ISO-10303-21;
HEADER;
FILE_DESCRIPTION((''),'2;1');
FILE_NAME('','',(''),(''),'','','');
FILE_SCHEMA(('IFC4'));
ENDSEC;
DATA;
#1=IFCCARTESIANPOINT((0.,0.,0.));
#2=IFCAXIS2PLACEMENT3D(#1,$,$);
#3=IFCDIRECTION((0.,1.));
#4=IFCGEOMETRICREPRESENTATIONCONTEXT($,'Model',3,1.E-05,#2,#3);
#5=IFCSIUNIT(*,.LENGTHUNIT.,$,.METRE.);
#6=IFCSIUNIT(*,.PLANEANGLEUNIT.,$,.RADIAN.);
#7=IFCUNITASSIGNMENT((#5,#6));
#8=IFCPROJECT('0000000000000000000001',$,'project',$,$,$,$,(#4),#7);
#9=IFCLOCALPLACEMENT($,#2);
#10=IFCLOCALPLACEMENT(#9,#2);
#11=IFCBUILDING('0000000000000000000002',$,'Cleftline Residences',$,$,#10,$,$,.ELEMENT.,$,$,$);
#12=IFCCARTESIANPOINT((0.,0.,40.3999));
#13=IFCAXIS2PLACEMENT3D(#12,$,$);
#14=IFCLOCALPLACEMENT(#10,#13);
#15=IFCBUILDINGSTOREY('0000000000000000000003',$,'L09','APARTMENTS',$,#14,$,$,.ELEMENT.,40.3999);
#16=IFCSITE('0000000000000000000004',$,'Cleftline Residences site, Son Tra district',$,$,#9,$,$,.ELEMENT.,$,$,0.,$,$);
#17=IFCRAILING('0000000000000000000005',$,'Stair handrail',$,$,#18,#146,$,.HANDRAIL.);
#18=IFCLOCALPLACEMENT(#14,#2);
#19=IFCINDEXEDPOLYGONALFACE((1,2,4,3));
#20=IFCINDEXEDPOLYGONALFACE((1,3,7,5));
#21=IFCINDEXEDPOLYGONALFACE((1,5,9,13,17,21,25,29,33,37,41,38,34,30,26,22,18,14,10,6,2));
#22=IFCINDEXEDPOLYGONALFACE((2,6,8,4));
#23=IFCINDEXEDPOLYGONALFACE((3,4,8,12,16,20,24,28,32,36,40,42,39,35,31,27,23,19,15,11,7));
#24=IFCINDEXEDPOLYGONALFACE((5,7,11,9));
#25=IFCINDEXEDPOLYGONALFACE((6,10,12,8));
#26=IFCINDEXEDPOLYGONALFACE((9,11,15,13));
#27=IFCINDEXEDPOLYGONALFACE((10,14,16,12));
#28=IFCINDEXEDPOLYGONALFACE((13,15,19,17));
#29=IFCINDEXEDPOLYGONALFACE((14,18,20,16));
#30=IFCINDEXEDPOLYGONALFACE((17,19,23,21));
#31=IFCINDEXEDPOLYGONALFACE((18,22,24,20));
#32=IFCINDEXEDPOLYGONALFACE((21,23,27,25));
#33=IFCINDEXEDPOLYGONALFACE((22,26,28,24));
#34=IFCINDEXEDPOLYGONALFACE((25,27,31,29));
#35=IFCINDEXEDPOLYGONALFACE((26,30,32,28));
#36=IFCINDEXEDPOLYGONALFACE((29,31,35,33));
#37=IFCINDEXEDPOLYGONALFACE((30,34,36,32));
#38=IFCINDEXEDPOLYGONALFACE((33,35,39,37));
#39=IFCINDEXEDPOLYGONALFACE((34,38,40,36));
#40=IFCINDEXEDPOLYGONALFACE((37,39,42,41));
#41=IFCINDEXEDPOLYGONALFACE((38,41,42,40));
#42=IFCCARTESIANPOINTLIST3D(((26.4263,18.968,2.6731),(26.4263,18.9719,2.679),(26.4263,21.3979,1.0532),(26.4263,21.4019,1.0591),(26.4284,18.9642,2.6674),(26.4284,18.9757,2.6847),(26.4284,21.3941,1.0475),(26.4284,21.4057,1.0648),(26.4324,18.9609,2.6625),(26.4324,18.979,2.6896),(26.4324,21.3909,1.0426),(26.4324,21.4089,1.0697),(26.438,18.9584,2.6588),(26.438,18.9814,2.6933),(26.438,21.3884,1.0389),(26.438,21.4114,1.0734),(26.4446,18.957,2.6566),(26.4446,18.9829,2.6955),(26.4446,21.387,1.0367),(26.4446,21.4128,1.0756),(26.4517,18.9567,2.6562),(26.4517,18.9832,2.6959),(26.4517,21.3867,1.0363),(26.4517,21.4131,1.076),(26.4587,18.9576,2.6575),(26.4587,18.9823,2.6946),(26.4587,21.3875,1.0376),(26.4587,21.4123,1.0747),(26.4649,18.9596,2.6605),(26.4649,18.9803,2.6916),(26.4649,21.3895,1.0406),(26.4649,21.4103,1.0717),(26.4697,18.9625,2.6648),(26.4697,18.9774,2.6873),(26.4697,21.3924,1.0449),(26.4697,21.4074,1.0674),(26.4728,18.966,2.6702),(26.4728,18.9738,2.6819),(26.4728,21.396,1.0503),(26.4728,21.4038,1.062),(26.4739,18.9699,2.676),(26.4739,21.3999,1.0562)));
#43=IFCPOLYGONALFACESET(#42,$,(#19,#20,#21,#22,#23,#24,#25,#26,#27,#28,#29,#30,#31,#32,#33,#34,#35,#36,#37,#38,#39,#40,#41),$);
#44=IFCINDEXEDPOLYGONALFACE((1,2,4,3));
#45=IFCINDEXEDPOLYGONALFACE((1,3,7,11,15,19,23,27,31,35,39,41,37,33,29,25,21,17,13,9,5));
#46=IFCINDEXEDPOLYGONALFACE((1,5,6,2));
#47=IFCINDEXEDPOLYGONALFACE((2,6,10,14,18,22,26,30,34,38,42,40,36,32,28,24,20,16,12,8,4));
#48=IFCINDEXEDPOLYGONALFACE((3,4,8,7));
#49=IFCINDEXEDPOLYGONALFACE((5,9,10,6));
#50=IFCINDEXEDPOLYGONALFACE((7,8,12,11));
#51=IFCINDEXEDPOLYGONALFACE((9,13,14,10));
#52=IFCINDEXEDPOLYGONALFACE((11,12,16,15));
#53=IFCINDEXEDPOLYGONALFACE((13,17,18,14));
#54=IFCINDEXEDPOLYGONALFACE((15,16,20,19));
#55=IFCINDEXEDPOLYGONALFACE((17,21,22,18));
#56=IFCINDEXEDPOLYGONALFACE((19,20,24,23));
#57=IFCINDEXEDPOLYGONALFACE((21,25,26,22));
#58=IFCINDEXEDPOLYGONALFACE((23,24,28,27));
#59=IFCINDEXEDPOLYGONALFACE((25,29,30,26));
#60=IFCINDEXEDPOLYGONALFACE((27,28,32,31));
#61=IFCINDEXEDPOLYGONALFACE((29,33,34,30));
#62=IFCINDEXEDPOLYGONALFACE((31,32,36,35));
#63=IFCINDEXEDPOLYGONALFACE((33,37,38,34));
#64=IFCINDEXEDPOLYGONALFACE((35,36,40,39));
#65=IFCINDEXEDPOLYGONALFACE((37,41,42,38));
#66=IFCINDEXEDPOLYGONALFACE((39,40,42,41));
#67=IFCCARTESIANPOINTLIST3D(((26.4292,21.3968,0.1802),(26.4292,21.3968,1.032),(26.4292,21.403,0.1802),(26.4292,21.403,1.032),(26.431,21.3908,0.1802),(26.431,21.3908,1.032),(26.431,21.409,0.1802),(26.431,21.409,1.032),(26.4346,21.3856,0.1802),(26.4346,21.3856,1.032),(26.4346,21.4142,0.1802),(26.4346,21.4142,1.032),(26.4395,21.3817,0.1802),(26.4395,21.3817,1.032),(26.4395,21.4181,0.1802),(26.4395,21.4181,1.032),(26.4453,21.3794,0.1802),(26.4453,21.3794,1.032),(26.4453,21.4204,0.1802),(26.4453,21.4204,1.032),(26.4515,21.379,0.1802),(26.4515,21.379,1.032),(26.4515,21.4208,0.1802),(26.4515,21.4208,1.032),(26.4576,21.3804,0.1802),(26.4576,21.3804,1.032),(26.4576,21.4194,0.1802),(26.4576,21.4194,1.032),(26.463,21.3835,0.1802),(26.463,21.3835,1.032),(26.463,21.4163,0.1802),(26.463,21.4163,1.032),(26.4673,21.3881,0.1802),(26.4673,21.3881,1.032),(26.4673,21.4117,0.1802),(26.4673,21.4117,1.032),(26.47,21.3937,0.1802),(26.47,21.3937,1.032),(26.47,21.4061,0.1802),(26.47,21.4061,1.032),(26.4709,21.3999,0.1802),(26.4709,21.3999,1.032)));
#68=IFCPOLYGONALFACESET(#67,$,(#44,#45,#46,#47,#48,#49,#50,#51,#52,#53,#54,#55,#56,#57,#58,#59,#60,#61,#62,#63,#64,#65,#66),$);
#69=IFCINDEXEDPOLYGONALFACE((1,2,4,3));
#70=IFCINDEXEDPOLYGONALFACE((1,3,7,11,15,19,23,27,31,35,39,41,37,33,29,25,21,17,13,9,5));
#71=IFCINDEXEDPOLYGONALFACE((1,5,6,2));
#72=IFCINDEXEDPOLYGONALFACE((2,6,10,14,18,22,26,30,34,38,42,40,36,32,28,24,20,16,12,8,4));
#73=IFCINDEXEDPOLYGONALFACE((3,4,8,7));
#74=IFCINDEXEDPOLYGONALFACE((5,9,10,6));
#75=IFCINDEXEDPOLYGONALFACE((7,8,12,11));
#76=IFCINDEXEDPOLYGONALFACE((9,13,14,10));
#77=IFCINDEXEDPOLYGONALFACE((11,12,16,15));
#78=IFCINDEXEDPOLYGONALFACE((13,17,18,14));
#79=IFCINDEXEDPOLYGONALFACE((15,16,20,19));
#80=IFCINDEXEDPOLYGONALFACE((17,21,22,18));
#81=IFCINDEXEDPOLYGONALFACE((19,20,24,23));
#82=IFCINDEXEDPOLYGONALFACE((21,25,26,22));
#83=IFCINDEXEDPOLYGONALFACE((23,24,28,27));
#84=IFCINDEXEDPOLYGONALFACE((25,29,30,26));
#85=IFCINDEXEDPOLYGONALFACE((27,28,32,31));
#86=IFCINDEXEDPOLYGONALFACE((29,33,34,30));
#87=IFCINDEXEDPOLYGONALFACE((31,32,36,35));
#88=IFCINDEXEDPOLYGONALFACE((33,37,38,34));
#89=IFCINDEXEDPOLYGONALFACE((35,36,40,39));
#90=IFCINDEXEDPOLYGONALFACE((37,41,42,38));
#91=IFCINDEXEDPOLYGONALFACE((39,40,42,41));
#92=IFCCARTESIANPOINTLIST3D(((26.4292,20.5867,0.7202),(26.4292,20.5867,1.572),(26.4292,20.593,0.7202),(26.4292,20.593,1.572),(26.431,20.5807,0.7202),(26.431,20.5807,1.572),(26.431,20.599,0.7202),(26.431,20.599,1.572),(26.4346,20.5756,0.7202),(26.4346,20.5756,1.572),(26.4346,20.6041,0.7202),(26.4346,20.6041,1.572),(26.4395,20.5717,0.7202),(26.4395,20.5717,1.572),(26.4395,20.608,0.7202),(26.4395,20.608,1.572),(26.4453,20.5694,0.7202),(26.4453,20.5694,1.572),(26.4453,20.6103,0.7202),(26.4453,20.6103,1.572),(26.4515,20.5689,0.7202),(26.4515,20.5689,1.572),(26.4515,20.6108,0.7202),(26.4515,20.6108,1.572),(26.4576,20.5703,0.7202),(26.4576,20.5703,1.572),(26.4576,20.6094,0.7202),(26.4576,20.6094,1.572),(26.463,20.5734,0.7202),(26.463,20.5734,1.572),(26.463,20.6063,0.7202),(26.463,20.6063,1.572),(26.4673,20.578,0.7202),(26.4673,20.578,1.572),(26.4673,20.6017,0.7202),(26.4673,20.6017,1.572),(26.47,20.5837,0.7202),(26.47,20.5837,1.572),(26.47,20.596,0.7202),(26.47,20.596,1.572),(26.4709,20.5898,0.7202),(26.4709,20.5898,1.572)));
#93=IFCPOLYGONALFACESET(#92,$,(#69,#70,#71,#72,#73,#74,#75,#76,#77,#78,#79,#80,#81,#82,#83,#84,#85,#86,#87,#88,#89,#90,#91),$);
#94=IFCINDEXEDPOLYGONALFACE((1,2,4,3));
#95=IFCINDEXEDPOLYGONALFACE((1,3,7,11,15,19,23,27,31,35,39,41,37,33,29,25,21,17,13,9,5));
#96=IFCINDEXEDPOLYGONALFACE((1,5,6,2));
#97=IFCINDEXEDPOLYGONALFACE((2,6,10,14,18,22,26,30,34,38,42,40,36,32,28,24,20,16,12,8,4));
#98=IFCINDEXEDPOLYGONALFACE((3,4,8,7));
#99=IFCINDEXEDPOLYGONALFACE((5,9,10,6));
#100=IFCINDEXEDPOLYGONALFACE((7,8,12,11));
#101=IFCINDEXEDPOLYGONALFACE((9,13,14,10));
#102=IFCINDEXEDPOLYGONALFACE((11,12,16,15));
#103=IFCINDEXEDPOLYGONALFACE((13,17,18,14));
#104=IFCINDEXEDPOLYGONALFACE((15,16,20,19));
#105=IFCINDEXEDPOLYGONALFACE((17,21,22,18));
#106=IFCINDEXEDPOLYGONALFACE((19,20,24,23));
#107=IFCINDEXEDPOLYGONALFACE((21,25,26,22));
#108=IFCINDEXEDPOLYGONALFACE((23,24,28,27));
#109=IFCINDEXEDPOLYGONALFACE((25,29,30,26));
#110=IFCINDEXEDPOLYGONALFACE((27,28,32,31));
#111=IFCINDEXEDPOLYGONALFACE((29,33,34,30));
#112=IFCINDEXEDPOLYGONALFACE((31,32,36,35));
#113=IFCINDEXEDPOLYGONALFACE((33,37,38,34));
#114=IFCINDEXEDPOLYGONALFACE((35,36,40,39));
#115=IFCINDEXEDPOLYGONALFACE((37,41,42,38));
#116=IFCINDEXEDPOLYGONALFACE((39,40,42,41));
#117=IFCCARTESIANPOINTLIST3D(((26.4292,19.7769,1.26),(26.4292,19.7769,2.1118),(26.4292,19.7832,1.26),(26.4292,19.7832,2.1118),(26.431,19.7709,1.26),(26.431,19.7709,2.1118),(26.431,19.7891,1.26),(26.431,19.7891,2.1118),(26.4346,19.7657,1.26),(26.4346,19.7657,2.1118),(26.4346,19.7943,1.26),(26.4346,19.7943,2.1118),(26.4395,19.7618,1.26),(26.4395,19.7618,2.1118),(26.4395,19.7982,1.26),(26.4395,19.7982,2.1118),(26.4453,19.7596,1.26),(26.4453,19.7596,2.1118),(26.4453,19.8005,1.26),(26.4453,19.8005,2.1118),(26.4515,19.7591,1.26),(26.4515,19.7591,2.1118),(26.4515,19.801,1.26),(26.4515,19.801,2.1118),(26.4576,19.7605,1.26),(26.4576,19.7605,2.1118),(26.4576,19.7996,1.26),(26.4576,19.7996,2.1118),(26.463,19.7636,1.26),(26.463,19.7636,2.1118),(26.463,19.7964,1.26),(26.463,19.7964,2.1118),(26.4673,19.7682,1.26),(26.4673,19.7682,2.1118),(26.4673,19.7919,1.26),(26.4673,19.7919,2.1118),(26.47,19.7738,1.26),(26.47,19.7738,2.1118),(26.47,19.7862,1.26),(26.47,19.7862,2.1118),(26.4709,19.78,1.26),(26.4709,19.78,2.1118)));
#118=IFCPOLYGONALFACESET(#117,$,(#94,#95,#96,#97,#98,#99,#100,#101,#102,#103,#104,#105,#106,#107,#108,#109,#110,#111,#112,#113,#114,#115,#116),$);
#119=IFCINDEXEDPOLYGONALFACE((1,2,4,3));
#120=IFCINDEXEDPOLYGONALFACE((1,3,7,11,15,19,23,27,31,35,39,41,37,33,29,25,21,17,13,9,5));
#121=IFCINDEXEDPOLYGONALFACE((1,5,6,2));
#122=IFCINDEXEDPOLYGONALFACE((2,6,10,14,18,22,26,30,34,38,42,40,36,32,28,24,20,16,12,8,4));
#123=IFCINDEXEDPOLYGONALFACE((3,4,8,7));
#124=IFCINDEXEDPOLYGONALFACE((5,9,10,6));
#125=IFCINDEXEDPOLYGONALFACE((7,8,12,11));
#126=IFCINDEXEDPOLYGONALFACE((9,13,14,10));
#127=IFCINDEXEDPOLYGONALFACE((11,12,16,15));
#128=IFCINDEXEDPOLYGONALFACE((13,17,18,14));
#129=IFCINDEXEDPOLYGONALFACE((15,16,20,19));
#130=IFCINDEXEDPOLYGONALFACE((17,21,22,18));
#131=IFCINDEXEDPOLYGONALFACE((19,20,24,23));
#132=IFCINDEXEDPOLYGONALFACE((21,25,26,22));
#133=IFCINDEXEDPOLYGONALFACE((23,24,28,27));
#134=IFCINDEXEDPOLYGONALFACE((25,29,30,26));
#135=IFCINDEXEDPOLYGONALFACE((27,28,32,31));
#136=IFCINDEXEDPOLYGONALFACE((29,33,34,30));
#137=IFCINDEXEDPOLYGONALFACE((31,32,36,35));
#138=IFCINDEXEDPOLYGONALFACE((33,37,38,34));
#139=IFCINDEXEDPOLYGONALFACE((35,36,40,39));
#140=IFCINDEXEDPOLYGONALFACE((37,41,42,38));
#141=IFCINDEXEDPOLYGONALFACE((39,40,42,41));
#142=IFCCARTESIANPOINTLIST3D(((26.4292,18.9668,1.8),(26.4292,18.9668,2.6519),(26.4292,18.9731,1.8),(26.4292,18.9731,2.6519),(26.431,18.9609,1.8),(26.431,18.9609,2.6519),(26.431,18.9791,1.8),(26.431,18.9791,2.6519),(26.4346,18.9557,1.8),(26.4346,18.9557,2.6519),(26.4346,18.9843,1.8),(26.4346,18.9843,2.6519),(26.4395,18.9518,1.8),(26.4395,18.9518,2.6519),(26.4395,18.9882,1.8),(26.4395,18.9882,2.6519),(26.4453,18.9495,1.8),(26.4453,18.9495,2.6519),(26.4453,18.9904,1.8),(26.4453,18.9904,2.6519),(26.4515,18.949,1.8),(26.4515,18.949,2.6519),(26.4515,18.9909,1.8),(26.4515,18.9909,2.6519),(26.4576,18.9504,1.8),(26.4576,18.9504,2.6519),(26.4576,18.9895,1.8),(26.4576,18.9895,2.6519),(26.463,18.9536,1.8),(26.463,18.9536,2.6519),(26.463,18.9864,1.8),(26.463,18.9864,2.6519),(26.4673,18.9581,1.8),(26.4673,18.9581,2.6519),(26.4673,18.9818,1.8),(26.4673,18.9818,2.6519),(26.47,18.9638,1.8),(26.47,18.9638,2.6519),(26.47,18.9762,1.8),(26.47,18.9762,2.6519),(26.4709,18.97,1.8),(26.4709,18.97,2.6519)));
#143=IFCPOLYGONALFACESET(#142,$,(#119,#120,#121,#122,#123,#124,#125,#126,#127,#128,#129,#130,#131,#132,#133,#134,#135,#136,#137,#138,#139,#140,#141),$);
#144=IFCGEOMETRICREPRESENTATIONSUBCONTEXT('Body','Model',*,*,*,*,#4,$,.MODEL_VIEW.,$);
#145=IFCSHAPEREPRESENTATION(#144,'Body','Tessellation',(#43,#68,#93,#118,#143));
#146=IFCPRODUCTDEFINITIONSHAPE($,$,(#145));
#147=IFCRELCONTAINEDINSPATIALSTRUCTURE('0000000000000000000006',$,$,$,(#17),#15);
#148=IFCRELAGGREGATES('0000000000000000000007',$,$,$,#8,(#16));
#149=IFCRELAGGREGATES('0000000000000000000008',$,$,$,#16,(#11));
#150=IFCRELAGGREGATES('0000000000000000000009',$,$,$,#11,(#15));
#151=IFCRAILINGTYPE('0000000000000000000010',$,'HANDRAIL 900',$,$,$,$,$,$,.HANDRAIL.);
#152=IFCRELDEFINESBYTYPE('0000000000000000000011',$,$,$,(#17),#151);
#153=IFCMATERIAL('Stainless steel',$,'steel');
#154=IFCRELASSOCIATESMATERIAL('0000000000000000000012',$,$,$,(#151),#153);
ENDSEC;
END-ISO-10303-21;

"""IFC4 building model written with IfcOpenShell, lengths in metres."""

from ifc_helpers import new_model, si_unit, direction, frame, origin, origin_2d, place, context, subcontext, project, spatial, circle, extrude, material, type_object, element, save


model = new_model("IFC4")

# Units and contexts
model_context = context("Model", 3, precision=1e-05, world=origin(), true_north=direction((0.0, 1.0)))
body_context = subcontext(model_context, "Body", "Model", "MODEL_VIEW")
ifc_project = project(units=[si_unit("LENGTHUNIT", "METRE"), si_unit("PLANEANGLEUNIT", "RADIAN")], contexts=[model_context])

# Site, building, storey
site_placement = place(None, origin())
site = spatial("IfcSite", under=ifc_project, at=site_placement, Name="Cleftline Residences site, Son Tra district", CompositionType="ELEMENT", RefElevation=0.0)
building_placement = place(site_placement, origin())
building = spatial("IfcBuilding", under=site, at=building_placement, Name="Cleftline Residences", CompositionType="ELEMENT")
storey_placement = place(building_placement, frame((0.0, 0.0, 40.3999)))
storey = spatial("IfcBuildingStorey", under=building, at=storey_placement, Name="L09", Description="APARTMENTS", CompositionType="ELEMENT", Elevation=40.3999)

# Railing
ifc_material_1 = material(Name="Stainless steel", Category="steel")
railing_type = type_object("IfcRailingType", Name="HANDRAIL 900", PredefinedType="HANDRAIL", material=ifc_material_1)
railing_1_placement = place(storey_placement, frame((26.45, 21.3999, 0.1802)))
element("IfcRailing", 1, at=railing_1_placement, inside=storey, type_object=railing_type, Name="Stair handrail", PredefinedType="HANDRAIL", context=body_context, shape_type="SweptSolid", body=[
    extrude(circle(Radius=0.0239, at=origin_2d()), frame((0.0, 0.0, 0.876), z_axis=(0.0, -0.832063, 0.554681), x_axis=(1.0, 0.0, 0.0)), (0.0, 0.0, 1.0), 2.9204),
    extrude(circle(Radius=0.021, at=origin_2d()), origin(), (0.0, 0.0, 1.0), 0.8518),
    extrude(circle(Radius=0.021, at=origin_2d()), frame((0.0, -0.8101, 0.54)), (0.0, 0.0, 1.0), 0.8518),
    extrude(circle(Radius=0.021, at=origin_2d()), frame((0.0, -1.6199, 1.0798)), (0.0, 0.0, 1.0), 0.8518),
    extrude(circle(Radius=0.021, at=origin_2d()), frame((0.0, -2.4299, 1.6199)), (0.0, 0.0, 1.0), 0.8518),
])

save(model, "model.ifc")
